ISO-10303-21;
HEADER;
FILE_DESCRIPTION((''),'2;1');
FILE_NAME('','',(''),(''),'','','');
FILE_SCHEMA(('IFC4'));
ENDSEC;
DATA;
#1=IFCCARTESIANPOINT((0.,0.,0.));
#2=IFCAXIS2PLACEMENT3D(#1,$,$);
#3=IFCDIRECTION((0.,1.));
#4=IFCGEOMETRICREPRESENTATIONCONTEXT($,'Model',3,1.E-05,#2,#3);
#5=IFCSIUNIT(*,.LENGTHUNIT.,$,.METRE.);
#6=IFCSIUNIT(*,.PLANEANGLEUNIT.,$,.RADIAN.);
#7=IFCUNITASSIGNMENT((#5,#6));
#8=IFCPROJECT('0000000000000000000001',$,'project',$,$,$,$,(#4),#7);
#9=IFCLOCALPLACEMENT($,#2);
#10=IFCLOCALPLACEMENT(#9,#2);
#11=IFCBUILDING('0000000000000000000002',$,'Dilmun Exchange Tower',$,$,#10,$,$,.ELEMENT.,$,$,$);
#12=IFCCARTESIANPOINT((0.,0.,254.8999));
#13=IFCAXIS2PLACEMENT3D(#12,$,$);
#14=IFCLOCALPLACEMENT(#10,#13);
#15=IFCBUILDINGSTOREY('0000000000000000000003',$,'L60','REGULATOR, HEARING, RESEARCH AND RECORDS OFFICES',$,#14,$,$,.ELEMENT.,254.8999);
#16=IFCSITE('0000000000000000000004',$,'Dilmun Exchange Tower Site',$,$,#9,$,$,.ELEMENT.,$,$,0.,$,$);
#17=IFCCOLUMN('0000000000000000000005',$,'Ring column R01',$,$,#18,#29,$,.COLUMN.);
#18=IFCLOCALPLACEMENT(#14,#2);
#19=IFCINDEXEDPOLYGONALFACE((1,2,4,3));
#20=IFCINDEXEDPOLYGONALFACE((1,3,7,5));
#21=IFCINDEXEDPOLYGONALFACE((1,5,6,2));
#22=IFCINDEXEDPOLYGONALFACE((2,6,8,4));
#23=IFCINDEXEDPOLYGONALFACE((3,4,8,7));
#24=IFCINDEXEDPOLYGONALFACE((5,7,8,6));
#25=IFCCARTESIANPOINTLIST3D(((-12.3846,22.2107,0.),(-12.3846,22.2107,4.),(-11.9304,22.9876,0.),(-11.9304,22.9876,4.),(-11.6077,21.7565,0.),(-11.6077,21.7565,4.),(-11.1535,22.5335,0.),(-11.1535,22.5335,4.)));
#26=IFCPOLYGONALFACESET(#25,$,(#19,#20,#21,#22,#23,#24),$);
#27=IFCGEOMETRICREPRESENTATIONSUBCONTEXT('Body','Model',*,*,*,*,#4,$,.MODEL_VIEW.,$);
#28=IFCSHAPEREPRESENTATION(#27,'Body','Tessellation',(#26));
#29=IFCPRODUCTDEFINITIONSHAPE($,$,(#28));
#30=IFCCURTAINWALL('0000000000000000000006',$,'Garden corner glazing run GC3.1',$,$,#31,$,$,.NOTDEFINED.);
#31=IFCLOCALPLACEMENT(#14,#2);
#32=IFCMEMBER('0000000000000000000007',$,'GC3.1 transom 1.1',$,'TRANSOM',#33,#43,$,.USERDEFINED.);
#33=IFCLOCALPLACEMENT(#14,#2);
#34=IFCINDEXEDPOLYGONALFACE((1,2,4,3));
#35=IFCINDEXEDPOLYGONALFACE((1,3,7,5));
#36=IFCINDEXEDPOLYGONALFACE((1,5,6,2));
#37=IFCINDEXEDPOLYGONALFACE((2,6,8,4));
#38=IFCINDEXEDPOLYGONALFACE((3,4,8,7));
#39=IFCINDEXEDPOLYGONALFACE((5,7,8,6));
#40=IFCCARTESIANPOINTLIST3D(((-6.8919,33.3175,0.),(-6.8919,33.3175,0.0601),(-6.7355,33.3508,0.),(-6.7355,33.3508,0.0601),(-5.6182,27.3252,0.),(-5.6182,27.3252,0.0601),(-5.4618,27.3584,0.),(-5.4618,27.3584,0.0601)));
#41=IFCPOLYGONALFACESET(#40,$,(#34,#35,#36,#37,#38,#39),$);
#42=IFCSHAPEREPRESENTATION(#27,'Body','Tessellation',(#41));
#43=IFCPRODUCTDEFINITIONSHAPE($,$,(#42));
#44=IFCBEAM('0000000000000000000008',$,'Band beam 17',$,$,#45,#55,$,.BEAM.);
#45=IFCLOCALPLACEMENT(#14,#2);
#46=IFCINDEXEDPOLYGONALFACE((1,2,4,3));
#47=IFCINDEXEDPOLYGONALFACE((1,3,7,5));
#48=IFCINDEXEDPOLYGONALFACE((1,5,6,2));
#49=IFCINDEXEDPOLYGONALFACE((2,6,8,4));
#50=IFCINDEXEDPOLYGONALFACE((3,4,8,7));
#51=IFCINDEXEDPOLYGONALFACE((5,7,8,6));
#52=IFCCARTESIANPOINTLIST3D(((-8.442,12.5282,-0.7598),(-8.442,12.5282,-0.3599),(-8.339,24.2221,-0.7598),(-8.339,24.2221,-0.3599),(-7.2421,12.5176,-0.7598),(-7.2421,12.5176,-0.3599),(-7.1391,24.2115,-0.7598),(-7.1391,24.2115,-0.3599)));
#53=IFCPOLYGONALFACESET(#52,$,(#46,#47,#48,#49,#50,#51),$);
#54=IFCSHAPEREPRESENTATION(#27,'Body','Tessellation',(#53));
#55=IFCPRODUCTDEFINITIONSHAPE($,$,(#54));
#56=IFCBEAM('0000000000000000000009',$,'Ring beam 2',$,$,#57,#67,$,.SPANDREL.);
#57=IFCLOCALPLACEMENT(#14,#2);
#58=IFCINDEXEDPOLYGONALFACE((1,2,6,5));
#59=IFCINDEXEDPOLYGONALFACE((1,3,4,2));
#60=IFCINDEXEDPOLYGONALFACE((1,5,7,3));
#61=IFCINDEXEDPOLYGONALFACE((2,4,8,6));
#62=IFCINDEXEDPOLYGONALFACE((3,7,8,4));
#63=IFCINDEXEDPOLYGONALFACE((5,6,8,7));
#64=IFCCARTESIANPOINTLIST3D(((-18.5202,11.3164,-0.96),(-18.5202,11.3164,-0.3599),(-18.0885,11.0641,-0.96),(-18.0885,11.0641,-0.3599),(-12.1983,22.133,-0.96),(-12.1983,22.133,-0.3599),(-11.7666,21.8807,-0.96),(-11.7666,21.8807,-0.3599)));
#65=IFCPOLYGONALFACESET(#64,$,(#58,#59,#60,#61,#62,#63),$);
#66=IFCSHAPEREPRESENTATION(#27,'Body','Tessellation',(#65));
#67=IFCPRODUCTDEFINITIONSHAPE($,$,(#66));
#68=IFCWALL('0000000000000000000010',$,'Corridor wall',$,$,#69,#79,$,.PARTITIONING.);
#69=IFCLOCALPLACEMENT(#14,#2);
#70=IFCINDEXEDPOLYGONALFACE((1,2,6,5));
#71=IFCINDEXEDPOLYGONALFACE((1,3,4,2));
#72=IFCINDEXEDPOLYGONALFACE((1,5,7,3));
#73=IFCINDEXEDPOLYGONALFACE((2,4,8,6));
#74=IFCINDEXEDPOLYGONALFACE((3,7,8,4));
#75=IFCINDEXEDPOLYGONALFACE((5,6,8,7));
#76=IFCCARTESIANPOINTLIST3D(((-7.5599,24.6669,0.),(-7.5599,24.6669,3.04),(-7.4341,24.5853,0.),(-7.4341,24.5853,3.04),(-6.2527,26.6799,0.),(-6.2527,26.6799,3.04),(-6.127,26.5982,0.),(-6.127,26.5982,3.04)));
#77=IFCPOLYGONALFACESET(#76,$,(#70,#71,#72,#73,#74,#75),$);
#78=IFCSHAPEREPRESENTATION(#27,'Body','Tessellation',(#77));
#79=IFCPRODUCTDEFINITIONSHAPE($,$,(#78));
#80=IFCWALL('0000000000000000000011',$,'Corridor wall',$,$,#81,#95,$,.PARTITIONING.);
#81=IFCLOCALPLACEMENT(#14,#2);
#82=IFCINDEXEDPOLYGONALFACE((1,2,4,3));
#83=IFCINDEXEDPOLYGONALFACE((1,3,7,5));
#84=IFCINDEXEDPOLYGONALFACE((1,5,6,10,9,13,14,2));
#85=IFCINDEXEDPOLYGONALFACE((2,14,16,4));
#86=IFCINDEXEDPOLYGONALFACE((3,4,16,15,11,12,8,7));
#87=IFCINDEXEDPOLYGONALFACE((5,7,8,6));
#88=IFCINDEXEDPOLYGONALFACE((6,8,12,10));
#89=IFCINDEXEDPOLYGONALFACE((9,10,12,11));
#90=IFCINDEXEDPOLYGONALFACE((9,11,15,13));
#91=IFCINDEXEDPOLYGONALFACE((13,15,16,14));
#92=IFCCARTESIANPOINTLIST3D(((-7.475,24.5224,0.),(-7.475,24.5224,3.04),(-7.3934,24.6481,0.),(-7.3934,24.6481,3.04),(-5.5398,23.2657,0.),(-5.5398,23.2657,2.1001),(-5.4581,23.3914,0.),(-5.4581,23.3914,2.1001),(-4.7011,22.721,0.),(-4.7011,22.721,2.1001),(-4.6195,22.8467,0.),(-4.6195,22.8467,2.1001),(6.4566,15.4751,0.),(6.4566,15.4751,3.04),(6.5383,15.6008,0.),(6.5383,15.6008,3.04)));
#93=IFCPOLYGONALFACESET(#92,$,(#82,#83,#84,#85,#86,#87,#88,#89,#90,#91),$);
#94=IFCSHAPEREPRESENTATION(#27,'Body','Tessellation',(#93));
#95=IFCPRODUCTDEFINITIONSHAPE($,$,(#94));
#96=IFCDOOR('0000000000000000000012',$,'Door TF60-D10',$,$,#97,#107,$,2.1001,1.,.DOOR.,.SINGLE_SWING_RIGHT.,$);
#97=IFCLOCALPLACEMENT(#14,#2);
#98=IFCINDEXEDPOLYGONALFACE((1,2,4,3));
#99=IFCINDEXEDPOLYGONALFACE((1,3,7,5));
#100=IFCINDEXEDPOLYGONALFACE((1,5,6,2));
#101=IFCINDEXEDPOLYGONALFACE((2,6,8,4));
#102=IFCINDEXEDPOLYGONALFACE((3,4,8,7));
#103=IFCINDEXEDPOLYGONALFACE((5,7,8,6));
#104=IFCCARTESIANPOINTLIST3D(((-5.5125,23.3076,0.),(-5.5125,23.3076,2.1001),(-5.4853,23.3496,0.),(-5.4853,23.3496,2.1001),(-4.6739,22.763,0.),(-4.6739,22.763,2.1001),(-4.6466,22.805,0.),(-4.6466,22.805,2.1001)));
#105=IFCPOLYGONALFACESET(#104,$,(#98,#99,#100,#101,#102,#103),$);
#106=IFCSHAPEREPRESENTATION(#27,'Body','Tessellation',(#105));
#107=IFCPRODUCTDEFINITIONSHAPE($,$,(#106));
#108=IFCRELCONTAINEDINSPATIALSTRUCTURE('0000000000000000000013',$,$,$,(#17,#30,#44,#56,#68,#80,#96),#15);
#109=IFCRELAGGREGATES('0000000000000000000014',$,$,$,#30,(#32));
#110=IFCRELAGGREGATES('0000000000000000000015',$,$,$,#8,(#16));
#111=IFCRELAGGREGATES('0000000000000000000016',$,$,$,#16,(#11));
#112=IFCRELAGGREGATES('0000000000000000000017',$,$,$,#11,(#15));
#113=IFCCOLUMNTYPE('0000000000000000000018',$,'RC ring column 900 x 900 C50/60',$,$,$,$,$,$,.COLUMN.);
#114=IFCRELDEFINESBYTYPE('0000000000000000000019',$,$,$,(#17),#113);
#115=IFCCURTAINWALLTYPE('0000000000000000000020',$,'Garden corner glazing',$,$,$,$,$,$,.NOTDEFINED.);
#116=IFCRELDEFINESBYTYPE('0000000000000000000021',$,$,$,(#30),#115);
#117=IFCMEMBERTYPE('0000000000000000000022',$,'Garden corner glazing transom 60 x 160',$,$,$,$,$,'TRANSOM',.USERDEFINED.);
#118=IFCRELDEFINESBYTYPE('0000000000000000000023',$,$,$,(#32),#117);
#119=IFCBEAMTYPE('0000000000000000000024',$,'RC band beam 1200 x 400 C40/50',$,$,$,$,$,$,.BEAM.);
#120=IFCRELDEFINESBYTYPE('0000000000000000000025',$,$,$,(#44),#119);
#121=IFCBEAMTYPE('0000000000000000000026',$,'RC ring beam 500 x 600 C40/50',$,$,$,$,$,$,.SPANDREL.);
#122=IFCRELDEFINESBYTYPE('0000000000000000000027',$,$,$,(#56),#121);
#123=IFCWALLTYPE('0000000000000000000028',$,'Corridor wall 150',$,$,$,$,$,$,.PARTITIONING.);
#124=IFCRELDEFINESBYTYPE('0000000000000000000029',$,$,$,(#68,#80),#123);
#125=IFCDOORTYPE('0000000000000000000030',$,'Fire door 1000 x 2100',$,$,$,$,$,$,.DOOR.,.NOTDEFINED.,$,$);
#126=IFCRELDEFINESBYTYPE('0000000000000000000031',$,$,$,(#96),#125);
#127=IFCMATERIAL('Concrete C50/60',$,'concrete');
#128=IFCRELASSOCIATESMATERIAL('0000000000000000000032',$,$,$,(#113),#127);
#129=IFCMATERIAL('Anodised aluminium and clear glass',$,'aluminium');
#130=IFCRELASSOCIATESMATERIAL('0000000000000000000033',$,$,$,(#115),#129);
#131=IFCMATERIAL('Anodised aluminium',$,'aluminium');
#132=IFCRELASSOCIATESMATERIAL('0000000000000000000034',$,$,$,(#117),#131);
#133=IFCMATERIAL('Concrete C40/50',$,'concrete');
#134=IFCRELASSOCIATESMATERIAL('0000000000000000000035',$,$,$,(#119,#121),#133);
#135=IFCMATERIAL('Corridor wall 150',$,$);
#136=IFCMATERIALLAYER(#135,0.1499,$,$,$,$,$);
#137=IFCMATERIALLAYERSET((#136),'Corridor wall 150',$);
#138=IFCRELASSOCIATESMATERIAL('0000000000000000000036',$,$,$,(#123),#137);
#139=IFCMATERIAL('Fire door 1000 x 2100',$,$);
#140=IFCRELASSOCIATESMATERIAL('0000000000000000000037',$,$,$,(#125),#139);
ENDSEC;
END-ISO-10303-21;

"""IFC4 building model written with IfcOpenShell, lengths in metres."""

from ifc_helpers import new_model, si_unit, direction, frame, frame_2d, origin, origin_2d, place, context, subcontext, project, spatial, rectangle, extrude, material, layer, layer_set, material_profile, profile_set, type_object, element, fill, aggregate, save


model = new_model("IFC4")

# Units and contexts
model_context = context("Model", 3, precision=1e-05, world=origin(), true_north=direction((0.0, 1.0)))
body_context = subcontext(model_context, "Body", "Model", "MODEL_VIEW")
ifc_project = project(units=[si_unit("LENGTHUNIT", "METRE"), si_unit("PLANEANGLEUNIT", "RADIAN")], contexts=[model_context])

# Site, building, storey
site_placement = place(None, origin())
site = spatial("IfcSite", under=ifc_project, at=site_placement, Name="Dilmun Exchange Tower Site", CompositionType="ELEMENT", RefElevation=0.0)
building_placement = place(site_placement, origin())
building = spatial("IfcBuilding", under=site, at=building_placement, Name="Dilmun Exchange Tower", CompositionType="ELEMENT")
storey_placement = place(building_placement, frame((0.0, 0.0, 254.8999)))
storey = spatial("IfcBuildingStorey", under=building, at=storey_placement, Name="L60", Description="REGULATOR, HEARING, RESEARCH AND RECORDS OFFICES", CompositionType="ELEMENT", Elevation=254.8999)

# Column
ifc_material_1 = material(Name="Concrete C50/60", Category="concrete")
ifc_material_profile_1 = material_profile(ifc_material_1, rectangle(XDim=0.8999, YDim=0.8999, at=origin_2d()), Name="900 x 900")
ifc_profile_set_1 = profile_set([ifc_material_profile_1], Name="Concrete C50/60")
column_type = type_object("IfcColumnType", Name="RC ring column 900 x 900 C50/60", PredefinedType="COLUMN", material=ifc_profile_set_1)
column_placement = place(storey_placement, frame((-11.769, 22.3721, 0.0), z_axis=(0.0, 0.0, 1.0), x_axis=(0.504644, 0.863328, 0.0)))
element("IfcColumn", 1, at=column_placement, inside=storey, type_object=column_type, Name="Ring column R01", PredefinedType="COLUMN", context=body_context, shape_type="SweptSolid", body=[
    extrude(rectangle(XDim=0.8999, YDim=0.8999, at=origin_2d()), origin(), (0.0, 0.0, 1.0), 4.0),
])

# Curtain wall, member
ifc_material_2 = material(Name="Anodised aluminium and clear glass", Category="aluminium")
curtain_wall_type = type_object("IfcCurtainWallType", Name="Garden corner glazing", PredefinedType="NOTDEFINED", material=ifc_material_2)
curtain_wall_placement = place(storey_placement, origin())
curtain_wall = element("IfcCurtainWall", 2, at=curtain_wall_placement, inside=storey, type_object=curtain_wall_type, Name="Garden corner glazing run GC3.1", PredefinedType="NOTDEFINED")
ifc_material_3 = material(Name="Anodised aluminium", Category="aluminium")
ifc_material_profile_2 = material_profile(ifc_material_3, rectangle(XDim=0.1599, YDim=0.0601, at=origin_2d()), Name="AL 60x160")
ifc_profile_set_2 = profile_set([ifc_material_profile_2], Name="Anodised aluminium")
member_type = type_object("IfcMemberType", Name="Garden corner glazing transom 60 x 160", ElementType="TRANSOM", PredefinedType="USERDEFINED", material=ifc_profile_set_2)
member_placement = place(storey_placement, frame((-5.54, 27.3418, 0.03), z_axis=(-0.207904, 0.978149, 0.0), x_axis=(-0.978149, -0.207904, 0.0)))
member = element("IfcMember", 3, at=member_placement, type_object=member_type, Name="GC3.1 transom 1.1", ObjectType="TRANSOM", PredefinedType="USERDEFINED", context=body_context, shape_type="SweptSolid", body=[
    extrude(rectangle(XDim=0.1599, YDim=0.0601, at=origin_2d()), origin(), (0.0, 0.0, 1.0), 6.1262),
])
aggregate(curtain_wall, [member])

# Beams
ifc_material_4 = material(Name="Concrete C40/50", Category="concrete")
ifc_material_profile_3 = material_profile(ifc_material_4, rectangle(XDim=1.2, YDim=0.3999, at=origin_2d()), Name="1200 x 400")
ifc_profile_set_3 = profile_set([ifc_material_profile_3], Name="Concrete C40/50")
beam_type_1 = type_object("IfcBeamType", Name="RC band beam 1200 x 400 C40/50", PredefinedType="BEAM", material=ifc_profile_set_3)
beam_1_placement = place(storey_placement, frame((-7.739, 24.2168, -0.5598), z_axis=(-0.00881, -0.999961, 0.0), x_axis=(0.999961, -0.00881, 0.0)))
element("IfcBeam", 4, at=beam_1_placement, inside=storey, type_object=beam_type_1, Name="Band beam 17", PredefinedType="BEAM", context=body_context, shape_type="SweptSolid", body=[
    extrude(rectangle(XDim=1.2, YDim=0.3999, at=origin_2d()), origin(), (0.0, 0.0, 1.0), 11.6943),
])
ifc_material_profile_4 = material_profile(ifc_material_4, rectangle(XDim=0.5, YDim=0.6001, at=origin_2d()), Name="500 x 600")
ifc_profile_set_4 = profile_set([ifc_material_profile_4], Name="Concrete C40/50")
beam_type_2 = type_object("IfcBeamType", Name="RC ring beam 500 x 600 C40/50", PredefinedType="SPANDREL", material=ifc_profile_set_4)
beam_2_placement = place(storey_placement, frame((-11.9824, 22.0068, -0.6599), z_axis=(-0.504604, -0.863351, 0.0), x_axis=(0.863351, -0.504604, 0.0)))
element("IfcBeam", 5, at=beam_2_placement, inside=storey, type_object=beam_type_2, Name="Ring beam 2", PredefinedType="SPANDREL", context=body_context, shape_type="SweptSolid", body=[
    extrude(rectangle(XDim=0.5, YDim=0.6001, at=origin_2d()), origin(), (0.0, 0.0, 1.0), 12.5286),
])

# Wall
ifc_material_5 = material(Name="Corridor wall 150")
ifc_layer = layer(ifc_material_5, 0.1499)
ifc_layer_set = layer_set([ifc_layer], Name="Corridor wall 150")
wall_type = type_object("IfcWallType", Name="Corridor wall 150", PredefinedType="PARTITIONING", material=ifc_layer_set)
wall_1_placement = place(storey_placement, frame((-7.4971, 24.626, 0.0), z_axis=(0.0, 0.0, 1.0), x_axis=(0.544613, 0.838688, 0.0)))
element("IfcWall", 6, at=wall_1_placement, inside=storey, type_object=wall_type, Name="Corridor wall", PredefinedType="PARTITIONING", context=body_context, shape_type="SweptSolid", body=[
    extrude(rectangle(XDim=2.4001, YDim=0.1499, at=frame_2d((1.2002, 0.0))), origin(), (0.0, 0.0, 1.0), 3.04),
])

# Wall, opening, door
wall_2_placement = place(storey_placement, frame((-7.4341, 24.5852, 0.0), z_axis=(0.0, 0.0, 1.0), x_axis=(0.838669, -0.544641, 0.0)))
wall_2 = element("IfcWall", 7, at=wall_2_placement, inside=storey, type_object=wall_type, Name="Corridor wall", PredefinedType="PARTITIONING", context=body_context, shape_type="SweptSolid", body=[
    extrude(rectangle(XDim=16.6116, YDim=0.1499, at=frame_2d((8.3057, 0.0))), origin(), (0.0, 0.0, 1.0), 3.04),
])
opening_1_placement = place(wall_2_placement, frame((2.3074, 0.0, 0.0)))
opening_1 = element("IfcOpeningElement", 8, at=opening_1_placement, cuts=wall_2, PredefinedType="OPENING", context=body_context, shape_type="SweptSolid", body=[
    extrude(rectangle(XDim=1.0, YDim=2.1001, at=frame_2d((0.5, 1.05))), frame((0.0, 0.085, 0.0), z_axis=(0.0, -1.0, 0.0), x_axis=(1.0, 0.0, 0.0)), (0.0, 0.0, 1.0), 0.1699),
])
ifc_material_6 = material(Name="Fire door 1000 x 2100")
door_type_1 = type_object("IfcDoorType", Name="Fire door 1000 x 2100", OperationType="NOTDEFINED", PredefinedType="DOOR", material=ifc_material_6)
door_1_placement = place(opening_1_placement, frame((1.0, 0.0, 0.0), z_axis=(0.0, 0.0, 1.0), x_axis=(-1.0, 0.0, 0.0)))
door_1 = element("IfcDoor", 9, at=door_1_placement, inside=storey, type_object=door_type_1, Name="Door TF60-D10", OperationType="SINGLE_SWING_RIGHT", OverallHeight=2.1001, OverallWidth=1.0, PredefinedType="DOOR", context=body_context, shape_type="SweptSolid", body=[
    extrude(rectangle(XDim=1.0, YDim=2.1001, at=frame_2d((0.5, 1.05))), frame((0.0, 0.0249, 0.0), z_axis=(0.0, -1.0, 0.0), x_axis=(1.0, 0.0, 0.0)), (0.0, 0.0, 1.0), 0.05),
])
fill(opening_1, door_1)

save(model, "model.ifc")
